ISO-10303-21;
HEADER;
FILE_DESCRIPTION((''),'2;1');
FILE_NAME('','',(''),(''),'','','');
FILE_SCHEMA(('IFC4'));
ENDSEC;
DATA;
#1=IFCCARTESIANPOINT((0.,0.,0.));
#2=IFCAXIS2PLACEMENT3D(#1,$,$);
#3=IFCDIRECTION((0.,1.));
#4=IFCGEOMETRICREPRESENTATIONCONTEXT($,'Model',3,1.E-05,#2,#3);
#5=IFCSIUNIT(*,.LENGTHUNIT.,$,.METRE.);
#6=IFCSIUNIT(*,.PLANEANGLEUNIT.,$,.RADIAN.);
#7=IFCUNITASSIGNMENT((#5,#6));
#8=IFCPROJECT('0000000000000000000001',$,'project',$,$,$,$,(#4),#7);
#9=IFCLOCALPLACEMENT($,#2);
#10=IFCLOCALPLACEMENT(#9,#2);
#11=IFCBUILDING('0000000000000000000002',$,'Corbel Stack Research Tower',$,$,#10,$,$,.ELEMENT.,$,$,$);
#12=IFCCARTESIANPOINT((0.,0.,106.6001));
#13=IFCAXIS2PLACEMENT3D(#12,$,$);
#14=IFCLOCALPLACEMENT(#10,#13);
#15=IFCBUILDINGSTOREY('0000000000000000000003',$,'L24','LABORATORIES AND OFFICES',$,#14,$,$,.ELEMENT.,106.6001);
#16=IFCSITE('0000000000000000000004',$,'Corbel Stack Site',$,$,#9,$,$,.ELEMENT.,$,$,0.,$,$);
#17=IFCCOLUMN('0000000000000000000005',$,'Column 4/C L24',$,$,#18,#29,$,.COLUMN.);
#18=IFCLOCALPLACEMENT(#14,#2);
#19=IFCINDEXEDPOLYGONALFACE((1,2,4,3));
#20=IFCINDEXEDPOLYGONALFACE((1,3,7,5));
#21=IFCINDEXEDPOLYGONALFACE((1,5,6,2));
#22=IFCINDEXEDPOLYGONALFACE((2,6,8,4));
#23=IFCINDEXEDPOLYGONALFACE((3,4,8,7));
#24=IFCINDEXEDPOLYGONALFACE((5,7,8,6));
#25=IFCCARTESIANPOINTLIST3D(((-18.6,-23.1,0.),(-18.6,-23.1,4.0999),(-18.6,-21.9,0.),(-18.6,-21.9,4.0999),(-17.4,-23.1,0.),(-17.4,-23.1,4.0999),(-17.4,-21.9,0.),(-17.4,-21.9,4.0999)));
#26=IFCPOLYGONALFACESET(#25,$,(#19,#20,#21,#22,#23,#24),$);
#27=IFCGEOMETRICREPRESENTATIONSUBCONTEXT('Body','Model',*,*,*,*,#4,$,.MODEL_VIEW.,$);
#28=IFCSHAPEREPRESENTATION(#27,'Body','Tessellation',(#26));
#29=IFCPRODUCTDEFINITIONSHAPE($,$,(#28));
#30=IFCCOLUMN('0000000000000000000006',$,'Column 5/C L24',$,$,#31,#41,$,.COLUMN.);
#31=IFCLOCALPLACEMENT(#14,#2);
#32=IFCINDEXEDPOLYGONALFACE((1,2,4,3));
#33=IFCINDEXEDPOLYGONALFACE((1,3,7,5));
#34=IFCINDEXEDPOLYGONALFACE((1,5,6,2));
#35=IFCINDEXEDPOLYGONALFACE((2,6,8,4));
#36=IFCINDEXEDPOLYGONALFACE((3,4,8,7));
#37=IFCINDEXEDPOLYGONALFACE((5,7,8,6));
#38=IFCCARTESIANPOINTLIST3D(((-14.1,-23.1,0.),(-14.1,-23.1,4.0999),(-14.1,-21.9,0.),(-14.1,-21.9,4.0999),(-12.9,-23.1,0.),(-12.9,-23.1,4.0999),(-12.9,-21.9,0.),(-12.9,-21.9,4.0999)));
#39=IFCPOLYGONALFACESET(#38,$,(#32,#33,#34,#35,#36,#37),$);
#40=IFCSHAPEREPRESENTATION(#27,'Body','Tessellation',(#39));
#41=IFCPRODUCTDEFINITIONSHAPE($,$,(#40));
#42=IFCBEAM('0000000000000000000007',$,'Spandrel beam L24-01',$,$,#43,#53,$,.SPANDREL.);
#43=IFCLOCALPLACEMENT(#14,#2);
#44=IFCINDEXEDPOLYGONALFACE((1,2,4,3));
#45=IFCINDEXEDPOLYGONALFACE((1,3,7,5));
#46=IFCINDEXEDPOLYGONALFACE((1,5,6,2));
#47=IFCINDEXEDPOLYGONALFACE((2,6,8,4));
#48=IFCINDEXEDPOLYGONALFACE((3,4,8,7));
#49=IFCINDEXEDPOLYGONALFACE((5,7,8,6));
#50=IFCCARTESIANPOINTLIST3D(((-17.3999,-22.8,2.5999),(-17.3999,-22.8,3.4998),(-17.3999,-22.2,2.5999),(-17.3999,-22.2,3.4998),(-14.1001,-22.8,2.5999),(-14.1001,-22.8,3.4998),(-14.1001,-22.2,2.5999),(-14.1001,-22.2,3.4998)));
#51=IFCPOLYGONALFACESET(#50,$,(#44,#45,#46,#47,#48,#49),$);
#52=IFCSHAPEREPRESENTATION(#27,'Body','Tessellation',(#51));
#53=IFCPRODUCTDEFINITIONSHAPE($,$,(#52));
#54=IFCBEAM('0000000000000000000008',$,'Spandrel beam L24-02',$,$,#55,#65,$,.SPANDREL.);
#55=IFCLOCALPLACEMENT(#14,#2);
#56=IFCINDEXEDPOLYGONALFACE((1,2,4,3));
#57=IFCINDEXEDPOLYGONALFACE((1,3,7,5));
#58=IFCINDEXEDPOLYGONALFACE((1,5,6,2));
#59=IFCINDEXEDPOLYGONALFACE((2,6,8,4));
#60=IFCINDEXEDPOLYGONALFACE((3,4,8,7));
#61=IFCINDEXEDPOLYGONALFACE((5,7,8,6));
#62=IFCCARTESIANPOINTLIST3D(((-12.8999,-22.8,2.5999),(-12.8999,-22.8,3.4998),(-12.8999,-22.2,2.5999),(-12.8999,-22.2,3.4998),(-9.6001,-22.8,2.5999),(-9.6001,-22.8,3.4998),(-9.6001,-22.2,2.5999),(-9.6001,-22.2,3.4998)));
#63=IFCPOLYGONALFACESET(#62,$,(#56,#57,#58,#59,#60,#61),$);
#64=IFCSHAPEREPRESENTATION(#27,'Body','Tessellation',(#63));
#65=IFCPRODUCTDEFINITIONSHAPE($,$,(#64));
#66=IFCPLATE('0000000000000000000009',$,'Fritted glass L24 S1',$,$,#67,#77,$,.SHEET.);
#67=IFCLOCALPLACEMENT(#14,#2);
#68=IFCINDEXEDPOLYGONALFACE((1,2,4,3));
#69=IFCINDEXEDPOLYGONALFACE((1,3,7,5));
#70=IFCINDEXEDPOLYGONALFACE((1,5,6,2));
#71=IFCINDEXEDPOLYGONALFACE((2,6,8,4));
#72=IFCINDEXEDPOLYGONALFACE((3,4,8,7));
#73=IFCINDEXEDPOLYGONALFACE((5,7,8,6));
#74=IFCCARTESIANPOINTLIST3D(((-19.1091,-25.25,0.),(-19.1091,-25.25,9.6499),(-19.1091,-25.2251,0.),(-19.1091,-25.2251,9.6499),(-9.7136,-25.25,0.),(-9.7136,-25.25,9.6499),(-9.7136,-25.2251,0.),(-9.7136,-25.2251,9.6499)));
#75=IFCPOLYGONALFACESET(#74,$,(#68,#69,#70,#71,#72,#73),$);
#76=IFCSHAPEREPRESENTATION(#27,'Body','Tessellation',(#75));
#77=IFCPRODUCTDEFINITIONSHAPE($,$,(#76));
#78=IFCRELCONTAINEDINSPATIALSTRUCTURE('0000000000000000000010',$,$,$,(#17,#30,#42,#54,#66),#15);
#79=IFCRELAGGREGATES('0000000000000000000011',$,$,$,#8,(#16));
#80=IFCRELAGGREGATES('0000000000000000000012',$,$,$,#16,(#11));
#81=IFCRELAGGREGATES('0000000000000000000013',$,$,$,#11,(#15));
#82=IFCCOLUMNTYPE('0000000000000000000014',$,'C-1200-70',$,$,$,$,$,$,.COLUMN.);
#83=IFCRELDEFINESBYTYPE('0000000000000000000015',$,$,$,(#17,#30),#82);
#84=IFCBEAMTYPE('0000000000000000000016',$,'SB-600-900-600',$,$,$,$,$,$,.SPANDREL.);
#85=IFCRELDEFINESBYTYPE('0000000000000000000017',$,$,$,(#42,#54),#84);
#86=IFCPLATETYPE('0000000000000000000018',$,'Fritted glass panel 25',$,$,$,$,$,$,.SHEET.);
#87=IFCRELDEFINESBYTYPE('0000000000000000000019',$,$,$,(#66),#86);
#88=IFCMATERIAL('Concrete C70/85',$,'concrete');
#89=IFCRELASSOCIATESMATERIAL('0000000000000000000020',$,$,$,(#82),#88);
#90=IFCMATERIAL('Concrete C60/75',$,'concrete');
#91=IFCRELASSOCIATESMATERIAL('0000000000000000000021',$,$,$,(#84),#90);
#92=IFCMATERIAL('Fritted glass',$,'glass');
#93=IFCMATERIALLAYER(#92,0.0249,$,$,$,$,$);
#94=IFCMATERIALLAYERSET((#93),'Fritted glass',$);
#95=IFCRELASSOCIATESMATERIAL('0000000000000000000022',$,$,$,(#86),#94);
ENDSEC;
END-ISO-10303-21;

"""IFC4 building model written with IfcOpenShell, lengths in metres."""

from ifc_helpers import new_model, si_unit, direction, frame, origin, origin_2d, place, context, subcontext, project, spatial, rectangle, extrude, material, layer, layer_set, material_profile, profile_set, type_object, element, save


model = new_model("IFC4")

# Units and contexts
model_context = context("Model", 3, precision=1e-05, world=origin(), true_north=direction((0.0, 1.0)))
body_context = subcontext(model_context, "Body", "Model", "MODEL_VIEW")
ifc_project = project(units=[si_unit("LENGTHUNIT", "METRE"), si_unit("PLANEANGLEUNIT", "RADIAN")], contexts=[model_context])

# Site, building, storey
site_placement = place(None, origin())
site = spatial("IfcSite", under=ifc_project, at=site_placement, Name="Corbel Stack Site", CompositionType="ELEMENT", RefElevation=0.0)
building_placement = place(site_placement, origin())
building = spatial("IfcBuilding", under=site, at=building_placement, Name="Corbel Stack Research Tower", CompositionType="ELEMENT")
storey_placement = place(building_placement, frame((0.0, 0.0, 106.6001)))
storey = spatial("IfcBuildingStorey", under=building, at=storey_placement, Name="L24", Description="LABORATORIES AND OFFICES", CompositionType="ELEMENT", Elevation=106.6001)

# Columns
ifc_material_1 = material(Name="Concrete C70/85", Category="concrete")
ifc_material_profile_1 = material_profile(ifc_material_1, rectangle(XDim=1.2, YDim=1.2, at=origin_2d()), Name="RC 1200 x 1200")
ifc_profile_set_1 = profile_set([ifc_material_profile_1], Name="Concrete C70/85")
column_type = type_object("IfcColumnType", Name="C-1200-70", PredefinedType="COLUMN", material=ifc_profile_set_1)
for number, where, z_axis, x_axis, name in (
    (1, (-18.0, -22.5, 0.0), (0.0, 0.0, 1.0), (1.0, 0.0, 0.0), "Column 4/C L24"),
    (2, (-13.5, -22.5, 0.0), (0.0, 0.0, 1.0), (1.0, 0.0, 0.0), "Column 5/C L24"),
):
    element("IfcColumn", number, at=place(storey_placement, frame(where, z_axis=z_axis, x_axis=x_axis)), inside=storey, type_object=column_type, Name=name, PredefinedType="COLUMN", context=body_context, shape_type="SweptSolid", body=[
        extrude(rectangle(XDim=1.2, YDim=1.2, at=origin_2d()), origin(), (0.0, 0.0, 1.0), 4.0999),
    ])

# Beams
ifc_material_2 = material(Name="Concrete C60/75", Category="concrete")
ifc_material_profile_2 = material_profile(ifc_material_2, rectangle(XDim=0.6001, YDim=0.8999, at=origin_2d()), Name="RC 600 x 900")
ifc_profile_set_2 = profile_set([ifc_material_profile_2], Name="Concrete C60/75")
beam_type = type_object("IfcBeamType", Name="SB-600-900-600", PredefinedType="SPANDREL", material=ifc_profile_set_2)
for number, where, z_axis, x_axis, name in (
    (3, (-17.3999, -22.5, 3.0498), (1.0, 0.0, 0.0), (0.0, 1.0, 0.0), "Spandrel beam L24-01"),
    (4, (-12.8999, -22.5, 3.0498), (1.0, 0.0, 0.0), (0.0, 1.0, 0.0), "Spandrel beam L24-02"),
):
    element("IfcBeam", number, at=place(storey_placement, frame(where, z_axis=z_axis, x_axis=x_axis)), inside=storey, type_object=beam_type, Name=name, PredefinedType="SPANDREL", context=body_context, shape_type="SweptSolid", body=[
        extrude(rectangle(XDim=0.6001, YDim=0.8999, at=origin_2d()), origin(), (0.0, 0.0, 1.0), 3.2998),
    ])

# Plate
ifc_material_3 = material(Name="Fritted glass", Category="glass")
ifc_layer_1 = layer(ifc_material_3, 0.0249)
ifc_layer_set_1 = layer_set([ifc_layer_1], Name="Fritted glass")
plate_type = type_object("IfcPlateType", Name="Fritted glass panel 25", PredefinedType="SHEET", material=ifc_layer_set_1)
plate_placement = place(storey_placement, frame((-14.4114, -25.2375, 0.0), z_axis=(0.0, 0.0, 1.0), x_axis=(1.0, 0.0, 0.0)))
element("IfcPlate", 5, at=plate_placement, inside=storey, type_object=plate_type, Name="Fritted glass L24 S1", PredefinedType="SHEET", context=body_context, shape_type="SweptSolid", body=[
    extrude(rectangle(XDim=9.3955, YDim=0.0249, at=origin_2d()), origin(), (0.0, 0.0, 1.0), 9.6499),
])

save(model, "model.ifc")
